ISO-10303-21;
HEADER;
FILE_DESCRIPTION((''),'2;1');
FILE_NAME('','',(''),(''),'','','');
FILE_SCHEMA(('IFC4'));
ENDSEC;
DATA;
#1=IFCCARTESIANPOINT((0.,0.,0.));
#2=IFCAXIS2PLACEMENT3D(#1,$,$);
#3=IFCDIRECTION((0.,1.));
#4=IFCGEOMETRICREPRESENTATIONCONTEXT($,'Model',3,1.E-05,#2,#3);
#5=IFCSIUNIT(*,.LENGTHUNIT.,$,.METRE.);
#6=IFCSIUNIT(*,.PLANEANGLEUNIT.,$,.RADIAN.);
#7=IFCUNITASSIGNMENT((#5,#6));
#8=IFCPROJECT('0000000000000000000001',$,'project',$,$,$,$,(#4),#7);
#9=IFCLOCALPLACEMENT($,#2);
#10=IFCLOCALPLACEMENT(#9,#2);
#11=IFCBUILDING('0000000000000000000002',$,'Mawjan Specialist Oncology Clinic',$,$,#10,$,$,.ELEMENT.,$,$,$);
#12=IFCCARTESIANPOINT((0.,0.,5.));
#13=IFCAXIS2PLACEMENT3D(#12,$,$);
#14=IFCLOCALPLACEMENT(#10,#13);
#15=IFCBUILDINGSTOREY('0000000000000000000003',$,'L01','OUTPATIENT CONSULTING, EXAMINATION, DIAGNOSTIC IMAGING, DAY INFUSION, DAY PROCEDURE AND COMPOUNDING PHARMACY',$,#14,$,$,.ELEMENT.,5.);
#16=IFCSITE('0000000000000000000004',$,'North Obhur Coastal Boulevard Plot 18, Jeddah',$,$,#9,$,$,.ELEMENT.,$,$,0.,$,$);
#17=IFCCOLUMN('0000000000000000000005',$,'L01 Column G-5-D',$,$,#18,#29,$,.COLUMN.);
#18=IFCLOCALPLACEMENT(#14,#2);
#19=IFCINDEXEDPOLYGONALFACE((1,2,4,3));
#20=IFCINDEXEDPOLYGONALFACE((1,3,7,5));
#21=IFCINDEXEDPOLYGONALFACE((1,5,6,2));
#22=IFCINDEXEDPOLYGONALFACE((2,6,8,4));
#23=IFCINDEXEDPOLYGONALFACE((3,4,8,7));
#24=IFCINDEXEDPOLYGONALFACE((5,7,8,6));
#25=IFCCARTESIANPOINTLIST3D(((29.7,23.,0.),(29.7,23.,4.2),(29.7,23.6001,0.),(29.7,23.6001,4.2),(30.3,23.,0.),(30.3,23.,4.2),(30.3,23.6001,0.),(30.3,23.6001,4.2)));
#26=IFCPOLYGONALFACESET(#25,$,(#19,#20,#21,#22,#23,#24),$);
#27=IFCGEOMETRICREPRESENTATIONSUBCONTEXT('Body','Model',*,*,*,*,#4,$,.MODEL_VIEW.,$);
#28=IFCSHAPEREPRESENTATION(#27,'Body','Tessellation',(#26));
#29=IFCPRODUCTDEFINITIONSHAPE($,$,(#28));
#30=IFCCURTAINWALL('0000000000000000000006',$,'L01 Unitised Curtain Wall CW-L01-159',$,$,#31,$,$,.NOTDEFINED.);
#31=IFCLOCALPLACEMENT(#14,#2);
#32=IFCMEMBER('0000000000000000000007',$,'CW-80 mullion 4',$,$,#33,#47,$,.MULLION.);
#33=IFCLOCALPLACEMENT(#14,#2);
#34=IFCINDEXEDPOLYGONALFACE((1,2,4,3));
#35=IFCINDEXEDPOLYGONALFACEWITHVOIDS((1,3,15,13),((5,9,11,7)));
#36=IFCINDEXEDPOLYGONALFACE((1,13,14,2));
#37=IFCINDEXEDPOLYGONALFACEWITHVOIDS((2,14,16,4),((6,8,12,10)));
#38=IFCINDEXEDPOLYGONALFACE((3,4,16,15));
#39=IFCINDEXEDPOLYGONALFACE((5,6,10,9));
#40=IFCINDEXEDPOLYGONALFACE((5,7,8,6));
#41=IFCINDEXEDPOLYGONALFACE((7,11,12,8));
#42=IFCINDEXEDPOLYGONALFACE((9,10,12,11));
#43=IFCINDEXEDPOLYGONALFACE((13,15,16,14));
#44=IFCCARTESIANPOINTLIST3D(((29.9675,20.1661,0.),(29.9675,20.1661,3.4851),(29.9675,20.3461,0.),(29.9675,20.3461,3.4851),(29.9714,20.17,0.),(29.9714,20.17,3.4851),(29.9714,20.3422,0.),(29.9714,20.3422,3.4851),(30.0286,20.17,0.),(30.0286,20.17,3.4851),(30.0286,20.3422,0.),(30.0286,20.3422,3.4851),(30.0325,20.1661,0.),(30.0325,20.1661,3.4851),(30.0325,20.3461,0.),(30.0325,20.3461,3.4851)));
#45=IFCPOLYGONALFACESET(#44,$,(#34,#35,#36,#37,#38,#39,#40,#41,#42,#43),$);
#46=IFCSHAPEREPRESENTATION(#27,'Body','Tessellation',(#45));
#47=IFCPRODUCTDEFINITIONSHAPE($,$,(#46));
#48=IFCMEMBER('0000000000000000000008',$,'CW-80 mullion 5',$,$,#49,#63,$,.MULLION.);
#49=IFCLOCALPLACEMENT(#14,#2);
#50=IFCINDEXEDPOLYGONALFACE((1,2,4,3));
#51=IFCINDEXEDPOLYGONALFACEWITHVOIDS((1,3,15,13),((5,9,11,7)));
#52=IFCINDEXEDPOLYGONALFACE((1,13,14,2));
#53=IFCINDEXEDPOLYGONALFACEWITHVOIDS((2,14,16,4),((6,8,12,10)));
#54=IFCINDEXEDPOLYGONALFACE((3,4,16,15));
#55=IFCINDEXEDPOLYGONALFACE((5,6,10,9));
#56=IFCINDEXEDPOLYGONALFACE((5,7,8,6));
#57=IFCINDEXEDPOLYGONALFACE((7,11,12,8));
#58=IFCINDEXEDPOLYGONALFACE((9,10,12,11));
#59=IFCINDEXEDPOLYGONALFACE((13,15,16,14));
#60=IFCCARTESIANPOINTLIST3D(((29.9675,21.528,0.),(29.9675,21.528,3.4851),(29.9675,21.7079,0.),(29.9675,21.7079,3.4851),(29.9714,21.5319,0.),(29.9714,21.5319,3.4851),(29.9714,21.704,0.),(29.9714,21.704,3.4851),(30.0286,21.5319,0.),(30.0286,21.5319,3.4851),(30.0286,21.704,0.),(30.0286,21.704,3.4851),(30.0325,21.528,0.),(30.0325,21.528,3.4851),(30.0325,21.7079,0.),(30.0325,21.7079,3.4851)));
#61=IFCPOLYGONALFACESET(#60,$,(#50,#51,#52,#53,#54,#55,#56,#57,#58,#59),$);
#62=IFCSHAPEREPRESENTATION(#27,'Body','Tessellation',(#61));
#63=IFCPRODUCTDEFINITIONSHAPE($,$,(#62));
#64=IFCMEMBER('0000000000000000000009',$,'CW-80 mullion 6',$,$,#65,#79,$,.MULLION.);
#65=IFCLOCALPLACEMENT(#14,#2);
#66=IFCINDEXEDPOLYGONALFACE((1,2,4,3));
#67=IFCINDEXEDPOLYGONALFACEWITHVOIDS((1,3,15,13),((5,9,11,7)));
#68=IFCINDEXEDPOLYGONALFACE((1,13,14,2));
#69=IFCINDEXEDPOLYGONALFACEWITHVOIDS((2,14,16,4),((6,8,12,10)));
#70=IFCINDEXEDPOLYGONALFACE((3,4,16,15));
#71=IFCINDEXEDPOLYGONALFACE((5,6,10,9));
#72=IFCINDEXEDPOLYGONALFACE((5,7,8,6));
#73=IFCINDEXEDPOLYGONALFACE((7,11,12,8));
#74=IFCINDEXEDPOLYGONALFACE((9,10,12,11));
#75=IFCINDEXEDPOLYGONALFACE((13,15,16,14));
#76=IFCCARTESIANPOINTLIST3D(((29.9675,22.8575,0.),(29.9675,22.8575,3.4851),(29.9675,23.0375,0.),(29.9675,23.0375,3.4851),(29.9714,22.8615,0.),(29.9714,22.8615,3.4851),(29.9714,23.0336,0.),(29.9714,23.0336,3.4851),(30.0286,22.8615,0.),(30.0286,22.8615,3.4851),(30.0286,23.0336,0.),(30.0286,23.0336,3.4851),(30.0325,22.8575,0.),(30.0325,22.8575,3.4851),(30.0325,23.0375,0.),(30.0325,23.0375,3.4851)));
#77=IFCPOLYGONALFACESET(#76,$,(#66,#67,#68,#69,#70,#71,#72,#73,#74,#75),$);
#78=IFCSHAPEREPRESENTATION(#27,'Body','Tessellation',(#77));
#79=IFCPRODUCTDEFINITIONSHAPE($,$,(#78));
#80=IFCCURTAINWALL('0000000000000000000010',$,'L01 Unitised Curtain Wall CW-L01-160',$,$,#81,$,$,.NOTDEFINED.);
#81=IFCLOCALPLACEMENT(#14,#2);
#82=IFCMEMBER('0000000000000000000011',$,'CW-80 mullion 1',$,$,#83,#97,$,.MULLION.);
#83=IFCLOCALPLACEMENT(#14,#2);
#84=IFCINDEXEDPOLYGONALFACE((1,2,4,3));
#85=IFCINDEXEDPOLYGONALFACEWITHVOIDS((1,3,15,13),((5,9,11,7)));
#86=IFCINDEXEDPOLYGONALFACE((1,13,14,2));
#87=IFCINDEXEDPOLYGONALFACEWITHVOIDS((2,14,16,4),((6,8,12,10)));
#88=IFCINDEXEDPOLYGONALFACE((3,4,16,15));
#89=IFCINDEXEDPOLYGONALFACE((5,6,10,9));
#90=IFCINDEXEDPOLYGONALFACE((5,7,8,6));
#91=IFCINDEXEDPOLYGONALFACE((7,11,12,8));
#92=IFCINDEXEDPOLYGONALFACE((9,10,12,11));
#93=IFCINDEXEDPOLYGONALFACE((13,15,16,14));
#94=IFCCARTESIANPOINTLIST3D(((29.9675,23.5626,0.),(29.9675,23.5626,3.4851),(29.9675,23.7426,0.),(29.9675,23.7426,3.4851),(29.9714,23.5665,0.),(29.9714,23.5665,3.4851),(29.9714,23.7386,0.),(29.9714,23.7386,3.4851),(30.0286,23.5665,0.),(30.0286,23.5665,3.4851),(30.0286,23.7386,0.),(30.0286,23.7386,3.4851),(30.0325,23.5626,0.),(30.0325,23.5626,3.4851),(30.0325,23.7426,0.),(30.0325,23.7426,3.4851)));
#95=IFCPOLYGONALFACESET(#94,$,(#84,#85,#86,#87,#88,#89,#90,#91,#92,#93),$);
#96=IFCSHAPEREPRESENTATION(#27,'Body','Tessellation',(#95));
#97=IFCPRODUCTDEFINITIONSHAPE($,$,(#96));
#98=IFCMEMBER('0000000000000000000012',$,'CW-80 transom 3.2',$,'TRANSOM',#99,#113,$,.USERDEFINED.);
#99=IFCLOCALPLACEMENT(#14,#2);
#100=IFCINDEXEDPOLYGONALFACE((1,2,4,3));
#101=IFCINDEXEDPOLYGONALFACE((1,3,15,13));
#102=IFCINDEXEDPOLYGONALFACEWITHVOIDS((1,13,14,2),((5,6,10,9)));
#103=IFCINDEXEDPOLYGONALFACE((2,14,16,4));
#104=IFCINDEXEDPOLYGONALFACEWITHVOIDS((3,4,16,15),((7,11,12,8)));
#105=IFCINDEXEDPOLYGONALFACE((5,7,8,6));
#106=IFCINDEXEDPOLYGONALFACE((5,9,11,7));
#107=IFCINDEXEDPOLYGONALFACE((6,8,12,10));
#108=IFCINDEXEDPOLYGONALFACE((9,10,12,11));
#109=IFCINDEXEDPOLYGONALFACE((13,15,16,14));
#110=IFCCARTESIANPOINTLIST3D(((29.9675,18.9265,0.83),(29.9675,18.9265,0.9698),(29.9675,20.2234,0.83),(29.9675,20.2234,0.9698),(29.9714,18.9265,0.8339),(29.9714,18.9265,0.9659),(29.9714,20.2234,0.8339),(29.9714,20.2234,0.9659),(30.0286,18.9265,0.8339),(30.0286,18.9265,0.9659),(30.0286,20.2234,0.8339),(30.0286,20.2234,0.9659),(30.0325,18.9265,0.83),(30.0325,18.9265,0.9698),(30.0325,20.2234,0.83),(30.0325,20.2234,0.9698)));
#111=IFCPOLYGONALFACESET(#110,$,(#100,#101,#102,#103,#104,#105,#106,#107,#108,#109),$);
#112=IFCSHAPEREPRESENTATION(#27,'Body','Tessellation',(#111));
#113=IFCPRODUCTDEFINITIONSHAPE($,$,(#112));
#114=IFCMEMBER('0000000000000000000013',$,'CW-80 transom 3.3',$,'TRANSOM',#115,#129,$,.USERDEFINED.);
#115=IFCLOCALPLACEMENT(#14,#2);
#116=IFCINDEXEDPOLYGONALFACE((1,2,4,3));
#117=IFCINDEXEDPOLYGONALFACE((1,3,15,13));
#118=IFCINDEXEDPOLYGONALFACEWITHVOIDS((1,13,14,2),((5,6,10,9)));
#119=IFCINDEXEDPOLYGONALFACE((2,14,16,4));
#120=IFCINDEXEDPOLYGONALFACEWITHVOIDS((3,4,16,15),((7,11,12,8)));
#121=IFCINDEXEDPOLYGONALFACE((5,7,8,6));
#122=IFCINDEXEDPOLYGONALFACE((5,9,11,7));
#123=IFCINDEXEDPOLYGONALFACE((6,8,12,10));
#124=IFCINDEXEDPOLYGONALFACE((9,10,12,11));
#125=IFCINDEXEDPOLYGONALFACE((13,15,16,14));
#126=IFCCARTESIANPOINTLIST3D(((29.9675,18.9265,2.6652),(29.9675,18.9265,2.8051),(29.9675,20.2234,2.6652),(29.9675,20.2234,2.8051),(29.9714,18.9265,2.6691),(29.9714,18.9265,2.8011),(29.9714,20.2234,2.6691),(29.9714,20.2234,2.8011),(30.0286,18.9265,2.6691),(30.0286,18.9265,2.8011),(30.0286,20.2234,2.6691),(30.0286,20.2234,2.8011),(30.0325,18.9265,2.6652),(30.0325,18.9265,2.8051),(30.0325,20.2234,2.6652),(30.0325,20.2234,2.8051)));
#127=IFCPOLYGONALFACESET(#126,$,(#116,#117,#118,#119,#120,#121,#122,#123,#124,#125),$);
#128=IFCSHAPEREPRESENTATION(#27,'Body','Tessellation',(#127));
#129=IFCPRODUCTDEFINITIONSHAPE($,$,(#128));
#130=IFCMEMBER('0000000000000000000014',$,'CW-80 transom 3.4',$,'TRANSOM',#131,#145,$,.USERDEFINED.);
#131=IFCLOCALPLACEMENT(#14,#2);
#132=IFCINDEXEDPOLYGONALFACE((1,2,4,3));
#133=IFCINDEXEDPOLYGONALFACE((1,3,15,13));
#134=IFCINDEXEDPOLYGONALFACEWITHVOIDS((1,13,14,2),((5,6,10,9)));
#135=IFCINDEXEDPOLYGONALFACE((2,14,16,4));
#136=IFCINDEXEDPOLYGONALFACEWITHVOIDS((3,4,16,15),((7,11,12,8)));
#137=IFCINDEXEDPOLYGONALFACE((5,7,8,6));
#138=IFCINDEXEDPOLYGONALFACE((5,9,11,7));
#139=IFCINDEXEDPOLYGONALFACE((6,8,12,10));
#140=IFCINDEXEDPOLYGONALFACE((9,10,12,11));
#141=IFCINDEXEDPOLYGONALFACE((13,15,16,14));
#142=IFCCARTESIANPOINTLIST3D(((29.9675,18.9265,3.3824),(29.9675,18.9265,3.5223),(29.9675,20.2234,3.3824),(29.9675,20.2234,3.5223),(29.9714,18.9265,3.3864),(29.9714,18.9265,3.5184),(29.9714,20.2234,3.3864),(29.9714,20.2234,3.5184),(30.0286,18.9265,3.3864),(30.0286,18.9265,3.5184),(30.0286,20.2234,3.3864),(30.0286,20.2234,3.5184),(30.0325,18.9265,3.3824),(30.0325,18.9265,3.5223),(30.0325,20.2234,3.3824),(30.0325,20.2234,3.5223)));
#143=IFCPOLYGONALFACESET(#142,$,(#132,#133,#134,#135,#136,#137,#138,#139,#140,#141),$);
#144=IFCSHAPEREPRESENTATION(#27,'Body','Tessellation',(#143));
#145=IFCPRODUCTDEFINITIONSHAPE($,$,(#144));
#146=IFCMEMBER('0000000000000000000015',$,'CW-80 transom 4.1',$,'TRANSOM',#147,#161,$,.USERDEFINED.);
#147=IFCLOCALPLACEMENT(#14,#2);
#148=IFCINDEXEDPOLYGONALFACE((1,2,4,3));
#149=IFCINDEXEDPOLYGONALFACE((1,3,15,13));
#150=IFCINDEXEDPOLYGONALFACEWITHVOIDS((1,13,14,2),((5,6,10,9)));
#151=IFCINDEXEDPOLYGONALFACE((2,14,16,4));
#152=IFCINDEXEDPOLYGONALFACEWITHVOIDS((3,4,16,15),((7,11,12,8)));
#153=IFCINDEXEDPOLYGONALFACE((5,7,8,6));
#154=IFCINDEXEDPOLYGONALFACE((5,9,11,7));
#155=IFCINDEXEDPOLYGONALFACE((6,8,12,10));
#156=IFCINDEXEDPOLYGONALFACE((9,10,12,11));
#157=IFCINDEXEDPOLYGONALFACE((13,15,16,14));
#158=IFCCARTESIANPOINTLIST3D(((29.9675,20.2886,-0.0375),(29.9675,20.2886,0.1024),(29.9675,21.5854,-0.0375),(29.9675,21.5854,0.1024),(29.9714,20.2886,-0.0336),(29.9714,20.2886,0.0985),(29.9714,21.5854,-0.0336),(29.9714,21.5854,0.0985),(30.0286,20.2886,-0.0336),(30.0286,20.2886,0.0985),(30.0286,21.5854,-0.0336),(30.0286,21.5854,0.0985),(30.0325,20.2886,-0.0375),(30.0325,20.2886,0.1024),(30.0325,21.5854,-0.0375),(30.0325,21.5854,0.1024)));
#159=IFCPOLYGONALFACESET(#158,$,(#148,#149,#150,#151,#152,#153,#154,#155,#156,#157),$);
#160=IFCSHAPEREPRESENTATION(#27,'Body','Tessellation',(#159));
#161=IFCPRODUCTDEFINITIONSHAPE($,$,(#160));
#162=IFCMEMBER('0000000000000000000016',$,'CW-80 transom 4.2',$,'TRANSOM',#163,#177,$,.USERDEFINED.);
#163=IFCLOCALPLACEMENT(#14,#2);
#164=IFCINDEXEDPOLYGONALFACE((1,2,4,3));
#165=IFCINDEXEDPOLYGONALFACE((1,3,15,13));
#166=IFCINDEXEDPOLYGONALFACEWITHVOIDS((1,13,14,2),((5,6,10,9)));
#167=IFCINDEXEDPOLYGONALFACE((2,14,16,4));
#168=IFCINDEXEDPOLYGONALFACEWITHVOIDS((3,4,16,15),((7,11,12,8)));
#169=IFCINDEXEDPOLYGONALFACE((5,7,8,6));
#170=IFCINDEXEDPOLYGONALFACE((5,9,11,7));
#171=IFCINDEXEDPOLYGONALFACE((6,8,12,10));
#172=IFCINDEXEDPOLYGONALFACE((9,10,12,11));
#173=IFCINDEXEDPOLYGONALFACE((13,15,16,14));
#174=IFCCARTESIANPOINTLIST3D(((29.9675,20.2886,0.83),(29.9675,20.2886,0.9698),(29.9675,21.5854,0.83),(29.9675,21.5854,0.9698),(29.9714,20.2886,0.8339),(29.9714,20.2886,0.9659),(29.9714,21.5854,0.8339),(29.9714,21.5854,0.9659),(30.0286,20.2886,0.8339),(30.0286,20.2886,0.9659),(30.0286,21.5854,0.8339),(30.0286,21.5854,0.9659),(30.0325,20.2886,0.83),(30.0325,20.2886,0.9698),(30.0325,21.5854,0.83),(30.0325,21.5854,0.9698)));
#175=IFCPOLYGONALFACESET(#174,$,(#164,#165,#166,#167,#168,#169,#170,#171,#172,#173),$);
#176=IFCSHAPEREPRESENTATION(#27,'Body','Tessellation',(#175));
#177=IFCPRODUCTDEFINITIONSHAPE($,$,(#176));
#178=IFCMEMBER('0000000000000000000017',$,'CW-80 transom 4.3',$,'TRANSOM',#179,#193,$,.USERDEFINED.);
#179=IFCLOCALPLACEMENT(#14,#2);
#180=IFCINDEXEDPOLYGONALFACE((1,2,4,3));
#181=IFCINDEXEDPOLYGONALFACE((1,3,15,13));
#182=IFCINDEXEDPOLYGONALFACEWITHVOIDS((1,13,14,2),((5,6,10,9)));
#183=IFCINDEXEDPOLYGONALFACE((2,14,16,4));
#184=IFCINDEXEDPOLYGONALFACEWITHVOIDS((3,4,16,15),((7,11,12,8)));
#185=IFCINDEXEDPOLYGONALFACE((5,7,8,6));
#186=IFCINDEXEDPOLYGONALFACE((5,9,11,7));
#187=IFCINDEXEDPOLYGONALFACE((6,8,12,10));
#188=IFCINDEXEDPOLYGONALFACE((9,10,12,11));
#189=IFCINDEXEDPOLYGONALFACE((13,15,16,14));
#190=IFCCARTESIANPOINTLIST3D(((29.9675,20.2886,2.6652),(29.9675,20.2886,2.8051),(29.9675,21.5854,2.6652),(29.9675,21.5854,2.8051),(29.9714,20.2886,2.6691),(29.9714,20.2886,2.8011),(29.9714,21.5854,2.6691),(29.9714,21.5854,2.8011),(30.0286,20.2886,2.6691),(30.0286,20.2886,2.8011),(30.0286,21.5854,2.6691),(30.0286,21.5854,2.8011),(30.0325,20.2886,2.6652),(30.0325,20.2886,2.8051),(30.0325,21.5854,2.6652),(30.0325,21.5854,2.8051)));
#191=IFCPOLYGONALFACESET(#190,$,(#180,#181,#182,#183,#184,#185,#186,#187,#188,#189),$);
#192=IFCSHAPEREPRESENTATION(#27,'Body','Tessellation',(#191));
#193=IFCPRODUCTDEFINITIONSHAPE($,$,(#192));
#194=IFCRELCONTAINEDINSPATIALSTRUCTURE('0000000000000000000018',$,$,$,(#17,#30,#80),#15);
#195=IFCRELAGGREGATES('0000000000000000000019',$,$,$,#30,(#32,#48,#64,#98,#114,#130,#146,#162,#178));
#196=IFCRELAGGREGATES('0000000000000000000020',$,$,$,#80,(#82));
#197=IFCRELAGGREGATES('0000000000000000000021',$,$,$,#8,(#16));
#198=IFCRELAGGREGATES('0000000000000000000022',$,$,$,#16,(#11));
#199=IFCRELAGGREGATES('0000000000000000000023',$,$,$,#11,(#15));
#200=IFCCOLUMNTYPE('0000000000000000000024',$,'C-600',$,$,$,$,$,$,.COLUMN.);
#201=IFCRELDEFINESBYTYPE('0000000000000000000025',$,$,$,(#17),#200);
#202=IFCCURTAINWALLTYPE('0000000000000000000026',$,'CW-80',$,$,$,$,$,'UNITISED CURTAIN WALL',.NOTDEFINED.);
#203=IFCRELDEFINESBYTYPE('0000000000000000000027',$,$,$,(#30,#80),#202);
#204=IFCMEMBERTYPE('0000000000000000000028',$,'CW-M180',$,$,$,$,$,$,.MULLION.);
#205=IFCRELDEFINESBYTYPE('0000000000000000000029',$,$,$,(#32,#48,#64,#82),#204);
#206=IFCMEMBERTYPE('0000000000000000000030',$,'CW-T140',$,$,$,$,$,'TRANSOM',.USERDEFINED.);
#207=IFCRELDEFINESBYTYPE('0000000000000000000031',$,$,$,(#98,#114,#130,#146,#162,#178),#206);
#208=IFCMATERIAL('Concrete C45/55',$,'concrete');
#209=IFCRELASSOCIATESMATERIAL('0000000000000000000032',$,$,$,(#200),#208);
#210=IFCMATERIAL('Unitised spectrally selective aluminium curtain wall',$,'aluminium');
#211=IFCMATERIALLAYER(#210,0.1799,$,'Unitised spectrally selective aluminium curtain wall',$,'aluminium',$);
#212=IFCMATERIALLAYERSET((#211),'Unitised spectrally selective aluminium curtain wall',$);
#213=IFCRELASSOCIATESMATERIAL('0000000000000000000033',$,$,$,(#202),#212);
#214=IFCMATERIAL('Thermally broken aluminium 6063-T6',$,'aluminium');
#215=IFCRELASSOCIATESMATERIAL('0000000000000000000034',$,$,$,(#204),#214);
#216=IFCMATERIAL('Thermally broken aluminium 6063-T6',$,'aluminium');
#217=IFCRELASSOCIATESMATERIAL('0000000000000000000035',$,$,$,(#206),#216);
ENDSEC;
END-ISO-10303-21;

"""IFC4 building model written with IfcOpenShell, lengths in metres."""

from ifc_helpers import new_model, si_unit, direction, frame, origin, origin_2d, place, context, subcontext, project, spatial, rectangle, hollow_rectangle, extrude, material, layer, layer_set, material_profile, profile_set, type_object, element, aggregate, save


model = new_model("IFC4")

# Units and contexts
model_context = context("Model", 3, precision=1e-05, world=origin(), true_north=direction((0.0, 1.0)))
body_context = subcontext(model_context, "Body", "Model", "MODEL_VIEW")
ifc_project = project(units=[si_unit("LENGTHUNIT", "METRE"), si_unit("PLANEANGLEUNIT", "RADIAN")], contexts=[model_context])

# Site, building, storey
site_placement = place(None, origin())
site = spatial("IfcSite", under=ifc_project, at=site_placement, Name="North Obhur Coastal Boulevard Plot 18, Jeddah", CompositionType="ELEMENT", RefElevation=0.0)
building_placement = place(site_placement, origin())
building = spatial("IfcBuilding", under=site, at=building_placement, Name="Mawjan Specialist Oncology Clinic", CompositionType="ELEMENT")
storey_placement = place(building_placement, frame((0.0, 0.0, 5.0)))
storey = spatial("IfcBuildingStorey", under=building, at=storey_placement, Name="L01", Description="OUTPATIENT CONSULTING, EXAMINATION, DIAGNOSTIC IMAGING, DAY INFUSION, DAY PROCEDURE AND COMPOUNDING PHARMACY", CompositionType="ELEMENT", Elevation=5.0)

# Column
ifc_material_1 = material(Name="Concrete C45/55", Category="concrete")
ifc_material_profile_1 = material_profile(ifc_material_1, rectangle(XDim=0.6001, YDim=0.6001, at=origin_2d()), Name="RC COL 600x600", Category="concrete")
ifc_profile_set_1 = profile_set([ifc_material_profile_1], Name="Concrete C45/55")
column_type = type_object("IfcColumnType", Name="C-600", PredefinedType="COLUMN", material=ifc_profile_set_1)
column_placement = place(storey_placement, frame((30.0, 23.3, 0.0), z_axis=(0.0, 0.0, 1.0), x_axis=(1.0, 0.0, 0.0)))
element("IfcColumn", 1, at=column_placement, inside=storey, type_object=column_type, Name="L01 Column G-5-D", PredefinedType="COLUMN", context=body_context, shape_type="SweptSolid", body=[
    extrude(rectangle(XDim=0.6001, YDim=0.6001, at=origin_2d()), origin(), (0.0, 0.0, 1.0), 4.2),
])

# Curtain wall, members
ifc_material_2 = material(Name="Unitised spectrally selective aluminium curtain wall", Category="aluminium")
ifc_layer_1 = layer(ifc_material_2, 0.1799, Name="Unitised spectrally selective aluminium curtain wall", Category="aluminium")
ifc_layer_set_1 = layer_set([ifc_layer_1], Name="Unitised spectrally selective aluminium curtain wall")
curtain_wall_type = type_object("IfcCurtainWallType", Name="CW-80", ElementType="UNITISED CURTAIN WALL", PredefinedType="NOTDEFINED", material=ifc_layer_set_1)
curtain_wall_1_placement = place(storey_placement, origin())
curtain_wall_1 = element("IfcCurtainWall", 2, at=curtain_wall_1_placement, inside=storey, type_object=curtain_wall_type, Name="L01 Unitised Curtain Wall CW-L01-159", PredefinedType="NOTDEFINED")
ifc_material_3 = material(Name="Thermally broken aluminium 6063-T6", Category="aluminium")
ifc_material_profile_2 = material_profile(ifc_material_3, hollow_rectangle(XDim=0.0649, YDim=0.1799, WallThickness=0.0039, at=origin_2d()), Name="ALU MULLION 180x65x4", Category="aluminium")
ifc_profile_set_2 = profile_set([ifc_material_profile_2], Name="Thermally broken aluminium 6063-T6")
member_type_1 = type_object("IfcMemberType", Name="CW-M180", PredefinedType="MULLION", material=ifc_profile_set_2)
member_1_placement = place(storey_placement, frame((30.0, 20.2561, 0.0), z_axis=(0.0, 0.0, 1.0), x_axis=(-1.0, 0.0, 0.0)))
member_1 = element("IfcMember", 3, at=member_1_placement, type_object=member_type_1, Name="CW-80 mullion 4", PredefinedType="MULLION", context=body_context, shape_type="SweptSolid", body=[
    extrude(hollow_rectangle(XDim=0.0649, YDim=0.1799, WallThickness=0.0039, at=origin_2d()), origin(), (0.0, 0.0, 1.0), 3.4851),
])
member_2_placement = place(storey_placement, frame((30.0, 21.6179, 0.0), z_axis=(0.0, 0.0, 1.0), x_axis=(-1.0, 0.0, 0.0)))
member_2 = element("IfcMember", 4, at=member_2_placement, type_object=member_type_1, Name="CW-80 mullion 5", PredefinedType="MULLION", context=body_context, shape_type="SweptSolid", body=[
    extrude(hollow_rectangle(XDim=0.0649, YDim=0.1799, WallThickness=0.0039, at=origin_2d()), origin(), (0.0, 0.0, 1.0), 3.4851),
])
member_3_placement = place(storey_placement, frame((30.0, 22.9475, 0.0), z_axis=(0.0, 0.0, 1.0), x_axis=(-1.0, 0.0, 0.0)))
member_3 = element("IfcMember", 5, at=member_3_placement, type_object=member_type_1, Name="CW-80 mullion 6", PredefinedType="MULLION", context=body_context, shape_type="SweptSolid", body=[
    extrude(hollow_rectangle(XDim=0.0649, YDim=0.1799, WallThickness=0.0039, at=origin_2d()), origin(), (0.0, 0.0, 1.0), 3.4851),
])

# Curtain wall, member
curtain_wall_2_placement = place(storey_placement, origin())
curtain_wall_2 = element("IfcCurtainWall", 6, at=curtain_wall_2_placement, inside=storey, type_object=curtain_wall_type, Name="L01 Unitised Curtain Wall CW-L01-160", PredefinedType="NOTDEFINED")
member_4_placement = place(storey_placement, frame((30.0, 23.6526, 0.0), z_axis=(0.0, 0.0, 1.0), x_axis=(-1.0, 0.0, 0.0)))
member_4 = element("IfcMember", 7, at=member_4_placement, type_object=member_type_1, Name="CW-80 mullion 1", PredefinedType="MULLION", context=body_context, shape_type="SweptSolid", body=[
    extrude(hollow_rectangle(XDim=0.0649, YDim=0.1799, WallThickness=0.0039, at=origin_2d()), origin(), (0.0, 0.0, 1.0), 3.4851),
])

# Members
ifc_material_4 = material(Name="Thermally broken aluminium 6063-T6", Category="aluminium")
ifc_material_profile_3 = material_profile(ifc_material_4, hollow_rectangle(XDim=0.0649, YDim=0.1399, WallThickness=0.0039, at=origin_2d()), Name="ALU TRANSOM 140x65x4", Category="aluminium")
ifc_profile_set_3 = profile_set([ifc_material_profile_3], Name="Thermally broken aluminium 6063-T6")
member_type_2 = type_object("IfcMemberType", Name="CW-T140", ElementType="TRANSOM", PredefinedType="USERDEFINED", material=ifc_profile_set_3)
member_5_placement = place(storey_placement, frame((30.0, 18.9265, 0.8999), z_axis=(0.0, 1.0, 0.0), x_axis=(-1.0, 0.0, 0.0)))
member_5 = element("IfcMember", 8, at=member_5_placement, type_object=member_type_2, Name="CW-80 transom 3.2", ObjectType="TRANSOM", PredefinedType="USERDEFINED", context=body_context, shape_type="SweptSolid", body=[
    extrude(hollow_rectangle(XDim=0.0649, YDim=0.1399, WallThickness=0.0039, at=origin_2d()), origin(), (0.0, 0.0, 1.0), 1.2969),
])
member_6_placement = place(storey_placement, frame((30.0, 18.9265, 2.7351), z_axis=(0.0, 1.0, 0.0), x_axis=(-1.0, 0.0, 0.0)))
member_6 = element("IfcMember", 9, at=member_6_placement, type_object=member_type_2, Name="CW-80 transom 3.3", ObjectType="TRANSOM", PredefinedType="USERDEFINED", context=body_context, shape_type="SweptSolid", body=[
    extrude(hollow_rectangle(XDim=0.0649, YDim=0.1399, WallThickness=0.0039, at=origin_2d()), origin(), (0.0, 0.0, 1.0), 1.2969),
])
member_7_placement = place(storey_placement, frame((30.0, 18.9265, 3.4524), z_axis=(0.0, 1.0, 0.0), x_axis=(-1.0, 0.0, 0.0)))
member_7 = element("IfcMember", 10, at=member_7_placement, type_object=member_type_2, Name="CW-80 transom 3.4", ObjectType="TRANSOM", PredefinedType="USERDEFINED", context=body_context, shape_type="SweptSolid", body=[
    extrude(hollow_rectangle(XDim=0.0649, YDim=0.1399, WallThickness=0.0039, at=origin_2d()), origin(), (0.0, 0.0, 1.0), 1.2969),
])
member_8_placement = place(storey_placement, frame((30.0, 20.2886, 0.0325), z_axis=(0.0, 1.0, 0.0), x_axis=(-1.0, 0.0, 0.0)))
member_8 = element("IfcMember", 11, at=member_8_placement, type_object=member_type_2, Name="CW-80 transom 4.1", ObjectType="TRANSOM", PredefinedType="USERDEFINED", context=body_context, shape_type="SweptSolid", body=[
    extrude(hollow_rectangle(XDim=0.0649, YDim=0.1399, WallThickness=0.0039, at=origin_2d()), origin(), (0.0, 0.0, 1.0), 1.2969),
])
member_9_placement = place(storey_placement, frame((30.0, 20.2886, 0.8999), z_axis=(0.0, 1.0, 0.0), x_axis=(-1.0, 0.0, 0.0)))
member_9 = element("IfcMember", 12, at=member_9_placement, type_object=member_type_2, Name="CW-80 transom 4.2", ObjectType="TRANSOM", PredefinedType="USERDEFINED", context=body_context, shape_type="SweptSolid", body=[
    extrude(hollow_rectangle(XDim=0.0649, YDim=0.1399, WallThickness=0.0039, at=origin_2d()), origin(), (0.0, 0.0, 1.0), 1.2969),
])
member_10_placement = place(storey_placement, frame((30.0, 20.2886, 2.7351), z_axis=(0.0, 1.0, 0.0), x_axis=(-1.0, 0.0, 0.0)))
member_10 = element("IfcMember", 13, at=member_10_placement, type_object=member_type_2, Name="CW-80 transom 4.3", ObjectType="TRANSOM", PredefinedType="USERDEFINED", context=body_context, shape_type="SweptSolid", body=[
    extrude(hollow_rectangle(XDim=0.0649, YDim=0.1399, WallThickness=0.0039, at=origin_2d()), origin(), (0.0, 0.0, 1.0), 1.2969),
])

aggregate(curtain_wall_1, [member_1, member_2, member_3, member_5, member_6, member_7, member_8, member_9, member_10])
aggregate(curtain_wall_2, [member_4])

save(model, "model.ifc")
